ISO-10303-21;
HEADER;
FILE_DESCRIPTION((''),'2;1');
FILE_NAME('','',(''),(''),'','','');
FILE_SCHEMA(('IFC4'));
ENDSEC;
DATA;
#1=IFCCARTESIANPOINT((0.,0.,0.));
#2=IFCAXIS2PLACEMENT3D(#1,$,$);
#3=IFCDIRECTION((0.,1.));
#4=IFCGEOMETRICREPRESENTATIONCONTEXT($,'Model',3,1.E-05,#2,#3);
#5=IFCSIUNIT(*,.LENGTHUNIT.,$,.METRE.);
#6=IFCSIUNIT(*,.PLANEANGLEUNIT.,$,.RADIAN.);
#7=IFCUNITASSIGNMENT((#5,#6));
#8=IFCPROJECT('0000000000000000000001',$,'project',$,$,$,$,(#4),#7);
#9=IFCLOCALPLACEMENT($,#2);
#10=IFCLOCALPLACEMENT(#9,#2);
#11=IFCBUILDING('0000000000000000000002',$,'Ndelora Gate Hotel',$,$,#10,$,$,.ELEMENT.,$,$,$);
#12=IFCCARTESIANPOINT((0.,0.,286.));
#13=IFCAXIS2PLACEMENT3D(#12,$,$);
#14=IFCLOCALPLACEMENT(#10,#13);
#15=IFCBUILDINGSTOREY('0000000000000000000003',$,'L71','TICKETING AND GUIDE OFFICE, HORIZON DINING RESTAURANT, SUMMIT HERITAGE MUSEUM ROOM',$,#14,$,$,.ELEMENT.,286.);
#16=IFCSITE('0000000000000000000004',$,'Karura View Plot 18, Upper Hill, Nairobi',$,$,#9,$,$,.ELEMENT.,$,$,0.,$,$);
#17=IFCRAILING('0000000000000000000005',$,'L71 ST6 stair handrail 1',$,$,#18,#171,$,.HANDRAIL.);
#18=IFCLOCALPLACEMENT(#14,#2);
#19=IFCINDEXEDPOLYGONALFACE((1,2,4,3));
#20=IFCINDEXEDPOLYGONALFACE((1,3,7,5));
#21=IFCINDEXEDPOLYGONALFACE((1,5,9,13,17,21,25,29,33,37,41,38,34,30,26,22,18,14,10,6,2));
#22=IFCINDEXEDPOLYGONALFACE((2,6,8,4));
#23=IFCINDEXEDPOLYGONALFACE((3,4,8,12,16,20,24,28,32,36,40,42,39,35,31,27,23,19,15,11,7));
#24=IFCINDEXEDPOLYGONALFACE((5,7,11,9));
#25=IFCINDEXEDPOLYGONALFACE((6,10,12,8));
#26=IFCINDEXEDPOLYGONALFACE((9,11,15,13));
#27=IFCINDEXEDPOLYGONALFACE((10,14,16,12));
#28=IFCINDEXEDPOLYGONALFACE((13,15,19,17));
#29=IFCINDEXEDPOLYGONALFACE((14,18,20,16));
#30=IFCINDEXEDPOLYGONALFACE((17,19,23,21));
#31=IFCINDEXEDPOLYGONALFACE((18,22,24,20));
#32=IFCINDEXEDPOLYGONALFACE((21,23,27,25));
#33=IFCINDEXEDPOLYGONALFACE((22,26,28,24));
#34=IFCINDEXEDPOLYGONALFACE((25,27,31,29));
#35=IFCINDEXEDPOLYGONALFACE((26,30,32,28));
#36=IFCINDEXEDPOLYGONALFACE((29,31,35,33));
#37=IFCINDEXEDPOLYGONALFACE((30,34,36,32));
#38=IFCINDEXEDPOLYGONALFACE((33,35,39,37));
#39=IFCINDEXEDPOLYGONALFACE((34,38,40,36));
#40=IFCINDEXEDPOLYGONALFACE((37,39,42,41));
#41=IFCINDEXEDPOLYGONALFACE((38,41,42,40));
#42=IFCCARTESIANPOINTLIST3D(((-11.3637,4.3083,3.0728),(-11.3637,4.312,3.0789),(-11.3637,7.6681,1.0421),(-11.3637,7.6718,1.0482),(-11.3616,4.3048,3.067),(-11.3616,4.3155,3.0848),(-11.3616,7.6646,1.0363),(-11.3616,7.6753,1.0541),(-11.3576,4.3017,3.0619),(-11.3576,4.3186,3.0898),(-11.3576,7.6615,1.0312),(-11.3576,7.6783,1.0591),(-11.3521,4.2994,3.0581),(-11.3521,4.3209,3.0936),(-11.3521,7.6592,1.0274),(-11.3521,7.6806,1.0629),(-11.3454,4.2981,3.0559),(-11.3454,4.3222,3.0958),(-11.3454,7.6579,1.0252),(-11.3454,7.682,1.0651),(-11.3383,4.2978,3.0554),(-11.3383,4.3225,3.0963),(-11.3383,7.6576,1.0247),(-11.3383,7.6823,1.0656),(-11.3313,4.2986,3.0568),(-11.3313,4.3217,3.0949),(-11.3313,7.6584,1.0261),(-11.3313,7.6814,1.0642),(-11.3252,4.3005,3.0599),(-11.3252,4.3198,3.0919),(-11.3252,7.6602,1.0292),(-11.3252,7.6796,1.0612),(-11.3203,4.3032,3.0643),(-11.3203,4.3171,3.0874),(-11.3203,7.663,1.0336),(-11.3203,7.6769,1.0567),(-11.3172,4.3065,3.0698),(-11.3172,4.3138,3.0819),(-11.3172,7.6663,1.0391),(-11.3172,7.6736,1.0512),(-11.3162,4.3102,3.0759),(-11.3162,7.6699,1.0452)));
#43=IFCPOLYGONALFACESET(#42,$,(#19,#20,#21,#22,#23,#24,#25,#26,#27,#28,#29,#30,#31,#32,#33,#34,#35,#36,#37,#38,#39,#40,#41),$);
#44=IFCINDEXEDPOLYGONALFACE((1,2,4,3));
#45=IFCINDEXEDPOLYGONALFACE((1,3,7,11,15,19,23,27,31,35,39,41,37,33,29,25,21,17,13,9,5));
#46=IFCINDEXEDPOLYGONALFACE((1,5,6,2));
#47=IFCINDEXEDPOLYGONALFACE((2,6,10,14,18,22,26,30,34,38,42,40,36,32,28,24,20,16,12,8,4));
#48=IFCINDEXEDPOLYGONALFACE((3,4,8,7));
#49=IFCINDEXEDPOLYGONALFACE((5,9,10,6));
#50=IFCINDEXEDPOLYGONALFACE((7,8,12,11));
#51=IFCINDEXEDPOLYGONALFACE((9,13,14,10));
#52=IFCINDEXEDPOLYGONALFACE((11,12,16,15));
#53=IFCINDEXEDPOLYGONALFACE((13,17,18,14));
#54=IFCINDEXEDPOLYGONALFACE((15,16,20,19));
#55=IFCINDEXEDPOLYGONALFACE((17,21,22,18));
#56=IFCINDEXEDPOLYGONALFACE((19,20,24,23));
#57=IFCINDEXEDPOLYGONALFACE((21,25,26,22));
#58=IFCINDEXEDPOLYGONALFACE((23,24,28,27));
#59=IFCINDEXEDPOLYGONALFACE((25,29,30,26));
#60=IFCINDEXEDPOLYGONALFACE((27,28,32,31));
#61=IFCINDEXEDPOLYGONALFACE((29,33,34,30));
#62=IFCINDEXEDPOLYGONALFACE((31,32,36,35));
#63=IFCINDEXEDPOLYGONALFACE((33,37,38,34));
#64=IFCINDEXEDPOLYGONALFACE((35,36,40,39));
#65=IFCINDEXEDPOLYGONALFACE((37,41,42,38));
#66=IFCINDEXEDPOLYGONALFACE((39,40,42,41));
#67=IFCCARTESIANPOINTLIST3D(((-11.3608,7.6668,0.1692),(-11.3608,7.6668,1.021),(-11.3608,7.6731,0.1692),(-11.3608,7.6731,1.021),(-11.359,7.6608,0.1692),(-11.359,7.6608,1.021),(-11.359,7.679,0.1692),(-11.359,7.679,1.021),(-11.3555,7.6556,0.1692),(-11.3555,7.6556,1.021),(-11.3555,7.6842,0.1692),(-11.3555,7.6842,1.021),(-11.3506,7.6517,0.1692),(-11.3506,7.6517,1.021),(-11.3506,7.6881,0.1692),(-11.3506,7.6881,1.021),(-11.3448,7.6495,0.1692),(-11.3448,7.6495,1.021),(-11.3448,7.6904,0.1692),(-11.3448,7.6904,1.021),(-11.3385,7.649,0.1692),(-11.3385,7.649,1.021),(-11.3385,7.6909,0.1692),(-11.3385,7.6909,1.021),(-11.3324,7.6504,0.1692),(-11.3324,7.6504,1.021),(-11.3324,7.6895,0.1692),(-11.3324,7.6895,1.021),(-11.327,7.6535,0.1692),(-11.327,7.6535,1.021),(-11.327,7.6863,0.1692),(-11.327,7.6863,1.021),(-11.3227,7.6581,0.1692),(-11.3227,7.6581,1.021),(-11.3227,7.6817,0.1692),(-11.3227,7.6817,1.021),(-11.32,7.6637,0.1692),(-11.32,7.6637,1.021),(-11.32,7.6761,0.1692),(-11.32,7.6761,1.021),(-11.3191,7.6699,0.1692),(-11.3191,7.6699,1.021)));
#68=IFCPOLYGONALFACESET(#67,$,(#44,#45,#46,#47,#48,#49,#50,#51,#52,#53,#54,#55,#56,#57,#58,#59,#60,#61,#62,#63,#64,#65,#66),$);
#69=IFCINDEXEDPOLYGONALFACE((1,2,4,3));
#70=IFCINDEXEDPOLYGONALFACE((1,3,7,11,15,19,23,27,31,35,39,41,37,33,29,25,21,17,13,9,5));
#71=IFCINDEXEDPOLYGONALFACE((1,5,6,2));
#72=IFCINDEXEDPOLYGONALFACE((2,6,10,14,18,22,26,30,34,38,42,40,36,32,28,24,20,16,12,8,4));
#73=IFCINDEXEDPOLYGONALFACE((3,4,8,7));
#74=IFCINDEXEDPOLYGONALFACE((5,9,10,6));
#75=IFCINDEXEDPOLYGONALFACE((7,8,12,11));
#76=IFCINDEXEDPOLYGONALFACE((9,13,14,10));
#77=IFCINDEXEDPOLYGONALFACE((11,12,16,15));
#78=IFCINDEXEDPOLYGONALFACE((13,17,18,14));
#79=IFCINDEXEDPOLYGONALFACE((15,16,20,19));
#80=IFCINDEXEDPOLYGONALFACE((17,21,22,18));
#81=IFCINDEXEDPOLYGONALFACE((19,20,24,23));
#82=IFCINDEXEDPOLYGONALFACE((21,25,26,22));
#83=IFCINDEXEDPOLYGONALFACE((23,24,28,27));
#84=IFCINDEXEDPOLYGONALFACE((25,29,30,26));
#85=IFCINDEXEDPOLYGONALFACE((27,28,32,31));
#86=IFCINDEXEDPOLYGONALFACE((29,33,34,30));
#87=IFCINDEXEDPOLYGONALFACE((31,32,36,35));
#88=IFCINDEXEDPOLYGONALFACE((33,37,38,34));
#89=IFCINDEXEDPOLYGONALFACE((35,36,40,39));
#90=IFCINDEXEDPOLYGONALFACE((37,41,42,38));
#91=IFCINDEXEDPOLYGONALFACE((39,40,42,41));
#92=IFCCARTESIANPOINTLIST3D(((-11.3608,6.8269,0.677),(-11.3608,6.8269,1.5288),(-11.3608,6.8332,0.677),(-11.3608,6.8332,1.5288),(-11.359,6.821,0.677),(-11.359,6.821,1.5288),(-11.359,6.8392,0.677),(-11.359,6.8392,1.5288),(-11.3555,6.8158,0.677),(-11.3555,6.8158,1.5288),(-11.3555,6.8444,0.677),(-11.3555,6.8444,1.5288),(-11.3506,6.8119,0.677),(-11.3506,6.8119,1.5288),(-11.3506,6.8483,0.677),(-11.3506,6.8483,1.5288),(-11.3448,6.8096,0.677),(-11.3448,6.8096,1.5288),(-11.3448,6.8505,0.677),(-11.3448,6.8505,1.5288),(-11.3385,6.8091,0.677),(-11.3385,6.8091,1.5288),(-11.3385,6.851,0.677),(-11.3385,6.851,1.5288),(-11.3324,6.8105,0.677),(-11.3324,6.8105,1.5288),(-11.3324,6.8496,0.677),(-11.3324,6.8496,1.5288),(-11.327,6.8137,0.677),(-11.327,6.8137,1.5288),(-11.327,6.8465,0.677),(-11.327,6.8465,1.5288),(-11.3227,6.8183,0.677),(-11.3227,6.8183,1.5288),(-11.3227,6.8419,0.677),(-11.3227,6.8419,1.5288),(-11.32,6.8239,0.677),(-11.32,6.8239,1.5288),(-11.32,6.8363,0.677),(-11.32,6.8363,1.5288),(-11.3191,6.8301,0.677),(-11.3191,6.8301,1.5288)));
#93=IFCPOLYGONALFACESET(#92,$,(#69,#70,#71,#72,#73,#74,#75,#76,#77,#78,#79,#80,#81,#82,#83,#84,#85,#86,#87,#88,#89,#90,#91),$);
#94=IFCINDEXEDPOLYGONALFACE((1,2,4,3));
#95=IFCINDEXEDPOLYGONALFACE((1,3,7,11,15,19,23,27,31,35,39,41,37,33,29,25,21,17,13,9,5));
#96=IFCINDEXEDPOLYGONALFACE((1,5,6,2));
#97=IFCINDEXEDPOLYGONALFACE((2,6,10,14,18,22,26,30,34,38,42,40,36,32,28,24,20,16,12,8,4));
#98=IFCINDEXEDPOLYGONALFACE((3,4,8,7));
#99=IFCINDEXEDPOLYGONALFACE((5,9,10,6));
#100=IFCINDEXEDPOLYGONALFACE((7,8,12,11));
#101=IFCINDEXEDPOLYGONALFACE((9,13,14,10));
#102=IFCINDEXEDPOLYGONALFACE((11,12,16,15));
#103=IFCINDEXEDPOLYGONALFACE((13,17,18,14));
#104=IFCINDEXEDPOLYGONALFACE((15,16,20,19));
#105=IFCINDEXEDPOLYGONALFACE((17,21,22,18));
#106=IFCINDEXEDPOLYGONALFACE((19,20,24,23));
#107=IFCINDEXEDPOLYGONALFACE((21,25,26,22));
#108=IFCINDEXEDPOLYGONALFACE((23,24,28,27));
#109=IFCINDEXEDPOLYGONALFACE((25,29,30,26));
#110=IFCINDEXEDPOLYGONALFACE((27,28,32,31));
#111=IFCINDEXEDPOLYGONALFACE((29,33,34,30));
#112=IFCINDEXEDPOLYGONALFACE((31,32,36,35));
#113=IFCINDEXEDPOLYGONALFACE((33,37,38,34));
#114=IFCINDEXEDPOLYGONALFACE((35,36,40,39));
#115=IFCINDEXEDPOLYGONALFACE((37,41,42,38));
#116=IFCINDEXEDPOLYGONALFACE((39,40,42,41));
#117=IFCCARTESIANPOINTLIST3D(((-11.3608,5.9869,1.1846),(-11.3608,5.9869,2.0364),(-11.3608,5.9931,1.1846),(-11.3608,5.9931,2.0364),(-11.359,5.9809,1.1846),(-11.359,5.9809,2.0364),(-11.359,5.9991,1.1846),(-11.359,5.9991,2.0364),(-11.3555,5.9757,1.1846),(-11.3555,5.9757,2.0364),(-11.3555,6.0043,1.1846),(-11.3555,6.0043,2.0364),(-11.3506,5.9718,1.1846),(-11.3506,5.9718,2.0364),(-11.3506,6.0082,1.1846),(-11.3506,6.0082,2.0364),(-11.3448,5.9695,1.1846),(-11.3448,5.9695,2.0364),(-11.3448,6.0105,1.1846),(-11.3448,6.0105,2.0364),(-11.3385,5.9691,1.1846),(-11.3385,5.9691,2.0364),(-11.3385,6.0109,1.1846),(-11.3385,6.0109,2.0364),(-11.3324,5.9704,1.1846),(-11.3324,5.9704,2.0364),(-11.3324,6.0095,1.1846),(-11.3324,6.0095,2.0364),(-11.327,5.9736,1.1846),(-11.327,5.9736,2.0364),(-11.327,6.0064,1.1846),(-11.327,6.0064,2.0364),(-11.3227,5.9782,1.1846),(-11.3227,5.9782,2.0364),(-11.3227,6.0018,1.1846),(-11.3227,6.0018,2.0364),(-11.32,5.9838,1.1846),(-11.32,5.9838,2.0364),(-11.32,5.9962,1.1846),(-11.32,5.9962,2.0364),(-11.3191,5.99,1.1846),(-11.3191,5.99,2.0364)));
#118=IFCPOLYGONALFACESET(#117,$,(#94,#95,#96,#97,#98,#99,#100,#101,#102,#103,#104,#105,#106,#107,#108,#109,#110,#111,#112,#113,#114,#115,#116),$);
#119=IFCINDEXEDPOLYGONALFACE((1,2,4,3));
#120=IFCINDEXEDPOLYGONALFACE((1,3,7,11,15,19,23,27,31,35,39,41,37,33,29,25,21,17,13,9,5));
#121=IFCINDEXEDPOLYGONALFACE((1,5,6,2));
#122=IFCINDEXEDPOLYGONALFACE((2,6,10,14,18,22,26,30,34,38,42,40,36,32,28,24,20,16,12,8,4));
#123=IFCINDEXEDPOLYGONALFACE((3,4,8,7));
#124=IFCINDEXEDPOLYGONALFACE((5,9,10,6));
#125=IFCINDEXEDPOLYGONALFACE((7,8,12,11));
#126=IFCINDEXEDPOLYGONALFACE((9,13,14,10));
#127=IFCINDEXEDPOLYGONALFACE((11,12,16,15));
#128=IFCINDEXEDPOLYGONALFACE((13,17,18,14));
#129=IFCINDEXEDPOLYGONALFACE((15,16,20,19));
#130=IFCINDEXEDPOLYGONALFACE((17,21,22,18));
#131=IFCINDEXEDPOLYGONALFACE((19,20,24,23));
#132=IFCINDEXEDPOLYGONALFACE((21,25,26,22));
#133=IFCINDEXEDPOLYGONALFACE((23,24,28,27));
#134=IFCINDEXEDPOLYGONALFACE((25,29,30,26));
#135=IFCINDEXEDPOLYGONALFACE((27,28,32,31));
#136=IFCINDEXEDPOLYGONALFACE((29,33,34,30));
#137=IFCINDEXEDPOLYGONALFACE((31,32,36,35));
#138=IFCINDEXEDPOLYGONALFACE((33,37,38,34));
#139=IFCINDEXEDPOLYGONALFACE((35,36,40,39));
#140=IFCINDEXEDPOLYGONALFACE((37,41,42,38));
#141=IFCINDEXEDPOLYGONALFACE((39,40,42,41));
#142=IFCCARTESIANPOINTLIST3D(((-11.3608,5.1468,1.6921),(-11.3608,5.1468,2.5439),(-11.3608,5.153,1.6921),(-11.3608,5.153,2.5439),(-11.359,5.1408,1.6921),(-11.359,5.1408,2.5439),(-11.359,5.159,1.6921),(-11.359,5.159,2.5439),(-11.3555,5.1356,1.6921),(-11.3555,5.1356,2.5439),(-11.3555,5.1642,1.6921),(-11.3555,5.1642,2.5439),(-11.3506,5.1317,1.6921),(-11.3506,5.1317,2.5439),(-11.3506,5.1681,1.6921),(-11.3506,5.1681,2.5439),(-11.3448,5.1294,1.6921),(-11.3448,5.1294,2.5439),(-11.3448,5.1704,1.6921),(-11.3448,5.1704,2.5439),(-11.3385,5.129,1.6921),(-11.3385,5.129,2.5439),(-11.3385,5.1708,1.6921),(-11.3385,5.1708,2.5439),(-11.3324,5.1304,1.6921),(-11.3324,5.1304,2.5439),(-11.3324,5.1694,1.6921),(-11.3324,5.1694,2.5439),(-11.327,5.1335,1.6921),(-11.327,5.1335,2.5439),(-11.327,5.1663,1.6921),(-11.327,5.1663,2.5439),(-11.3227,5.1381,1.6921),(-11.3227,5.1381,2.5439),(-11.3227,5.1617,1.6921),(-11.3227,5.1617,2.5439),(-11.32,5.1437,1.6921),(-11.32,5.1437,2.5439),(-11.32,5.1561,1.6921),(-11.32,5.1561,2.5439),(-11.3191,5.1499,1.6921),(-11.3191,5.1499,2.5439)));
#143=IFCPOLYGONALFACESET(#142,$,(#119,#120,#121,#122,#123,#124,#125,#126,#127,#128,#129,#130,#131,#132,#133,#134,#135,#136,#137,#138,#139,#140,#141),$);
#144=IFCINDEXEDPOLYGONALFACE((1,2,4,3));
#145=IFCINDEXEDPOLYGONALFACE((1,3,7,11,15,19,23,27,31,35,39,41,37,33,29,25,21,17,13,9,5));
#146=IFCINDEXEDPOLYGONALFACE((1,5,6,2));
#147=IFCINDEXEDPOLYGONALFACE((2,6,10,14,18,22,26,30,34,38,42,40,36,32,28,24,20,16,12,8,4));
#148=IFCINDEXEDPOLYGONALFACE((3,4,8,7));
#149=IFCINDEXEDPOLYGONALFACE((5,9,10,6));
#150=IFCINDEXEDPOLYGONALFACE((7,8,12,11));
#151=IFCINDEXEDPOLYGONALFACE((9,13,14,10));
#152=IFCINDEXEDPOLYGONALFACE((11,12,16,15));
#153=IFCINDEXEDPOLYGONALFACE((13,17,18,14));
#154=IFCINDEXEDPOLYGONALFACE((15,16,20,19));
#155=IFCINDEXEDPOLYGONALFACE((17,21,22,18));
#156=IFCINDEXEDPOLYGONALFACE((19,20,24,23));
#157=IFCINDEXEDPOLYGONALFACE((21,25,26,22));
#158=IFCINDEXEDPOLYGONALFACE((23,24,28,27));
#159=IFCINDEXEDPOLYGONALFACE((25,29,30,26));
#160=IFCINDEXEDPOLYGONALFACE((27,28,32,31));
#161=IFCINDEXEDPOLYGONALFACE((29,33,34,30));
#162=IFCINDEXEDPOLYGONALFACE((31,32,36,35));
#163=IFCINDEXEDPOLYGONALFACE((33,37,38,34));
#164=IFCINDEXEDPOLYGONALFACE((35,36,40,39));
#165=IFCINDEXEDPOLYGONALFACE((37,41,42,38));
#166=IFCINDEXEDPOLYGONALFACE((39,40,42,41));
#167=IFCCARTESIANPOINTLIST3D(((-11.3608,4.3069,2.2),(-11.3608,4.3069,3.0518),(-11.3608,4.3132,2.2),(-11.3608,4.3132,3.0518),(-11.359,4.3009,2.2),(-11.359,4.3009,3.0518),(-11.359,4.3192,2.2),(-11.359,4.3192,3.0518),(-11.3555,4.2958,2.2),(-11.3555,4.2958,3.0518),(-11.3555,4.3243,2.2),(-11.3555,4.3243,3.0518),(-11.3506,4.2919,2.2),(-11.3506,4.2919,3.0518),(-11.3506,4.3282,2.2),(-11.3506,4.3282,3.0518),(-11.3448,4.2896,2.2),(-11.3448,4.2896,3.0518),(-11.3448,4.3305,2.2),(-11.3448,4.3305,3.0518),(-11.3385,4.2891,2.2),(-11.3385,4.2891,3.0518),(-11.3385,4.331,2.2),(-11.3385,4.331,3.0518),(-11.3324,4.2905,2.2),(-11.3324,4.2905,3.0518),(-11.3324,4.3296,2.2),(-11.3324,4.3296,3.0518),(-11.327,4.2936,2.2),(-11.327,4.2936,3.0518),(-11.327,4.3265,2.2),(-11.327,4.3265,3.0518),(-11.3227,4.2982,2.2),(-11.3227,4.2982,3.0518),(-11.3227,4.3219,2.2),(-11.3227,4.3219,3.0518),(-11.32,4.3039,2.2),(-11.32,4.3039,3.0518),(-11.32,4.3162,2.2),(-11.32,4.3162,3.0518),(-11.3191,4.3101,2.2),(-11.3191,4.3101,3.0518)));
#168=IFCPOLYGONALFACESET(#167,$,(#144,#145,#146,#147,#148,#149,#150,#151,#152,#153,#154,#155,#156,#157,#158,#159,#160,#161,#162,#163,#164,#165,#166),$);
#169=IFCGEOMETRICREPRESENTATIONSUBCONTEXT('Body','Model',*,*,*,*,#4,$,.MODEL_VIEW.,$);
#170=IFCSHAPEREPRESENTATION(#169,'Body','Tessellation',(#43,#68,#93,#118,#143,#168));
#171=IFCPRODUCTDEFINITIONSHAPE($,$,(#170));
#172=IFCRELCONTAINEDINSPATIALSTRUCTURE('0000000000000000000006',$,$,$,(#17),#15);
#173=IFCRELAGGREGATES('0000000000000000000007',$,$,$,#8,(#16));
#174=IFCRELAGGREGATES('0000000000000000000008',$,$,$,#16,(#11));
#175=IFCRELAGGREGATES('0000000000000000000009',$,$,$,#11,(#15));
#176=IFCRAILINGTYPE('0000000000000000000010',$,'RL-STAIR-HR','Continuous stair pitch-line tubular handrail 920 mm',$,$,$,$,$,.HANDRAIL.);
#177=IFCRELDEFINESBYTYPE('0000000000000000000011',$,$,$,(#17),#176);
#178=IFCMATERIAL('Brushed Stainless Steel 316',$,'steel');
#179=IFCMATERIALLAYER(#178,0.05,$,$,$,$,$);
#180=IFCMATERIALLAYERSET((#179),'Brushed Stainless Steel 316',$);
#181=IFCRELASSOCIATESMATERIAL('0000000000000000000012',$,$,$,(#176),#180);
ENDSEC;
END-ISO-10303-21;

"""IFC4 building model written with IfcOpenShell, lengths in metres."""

from ifc_helpers import new_model, si_unit, direction, frame, origin, origin_2d, place, context, subcontext, project, spatial, circle, extrude, material, layer, layer_set, type_object, element, save


model = new_model("IFC4")

# Units and contexts
model_context = context("Model", 3, precision=1e-05, world=origin(), true_north=direction((0.0, 1.0)))
body_context = subcontext(model_context, "Body", "Model", "MODEL_VIEW")
ifc_project = project(units=[si_unit("LENGTHUNIT", "METRE"), si_unit("PLANEANGLEUNIT", "RADIAN")], contexts=[model_context])

# Site, building, storey
site_placement = place(None, origin())
site = spatial("IfcSite", under=ifc_project, at=site_placement, Name="Karura View Plot 18, Upper Hill, Nairobi", CompositionType="ELEMENT", RefElevation=0.0)
building_placement = place(site_placement, origin())
building = spatial("IfcBuilding", under=site, at=building_placement, Name="Ndelora Gate Hotel", CompositionType="ELEMENT")
storey_placement = place(building_placement, frame((0.0, 0.0, 286.0)))
storey = spatial("IfcBuildingStorey", under=building, at=storey_placement, Name="L71", Description="TICKETING AND GUIDE OFFICE, HORIZON DINING RESTAURANT, SUMMIT HERITAGE MUSEUM ROOM", CompositionType="ELEMENT", Elevation=286.0)

# Railing
ifc_material_1 = material(Name="Brushed Stainless Steel 316", Category="steel")
ifc_layer_1 = layer(ifc_material_1, 0.05)
ifc_layer_set_1 = layer_set([ifc_layer_1], Name="Brushed Stainless Steel 316")
railing_type_1 = type_object("IfcRailingType", Name="RL-STAIR-HR", Description="Continuous stair pitch-line tubular handrail 920 mm", PredefinedType="HANDRAIL", material=ifc_layer_set_1)
railing_1_placement = place(storey_placement, frame((-11.3401, 7.6699, 0.1692)))
element("IfcRailing", 1, at=railing_1_placement, inside=storey, type_object=railing_type_1, Name="L71 ST6 stair handrail 1", PredefinedType="HANDRAIL", context=body_context, shape_type="SweptSolid", body=[
    extrude(circle(Radius=0.0239, at=origin_2d()), frame((0.0, 0.0, 0.876), z_axis=(0.0, -0.85582, 0.517273), x_axis=(1.0, 0.0, 0.0)), (0.0, 0.0, 1.0), 3.9258),
    extrude(circle(Radius=0.021, at=origin_2d()), origin(), (0.0, 0.0, 1.0), 0.8518),
    extrude(circle(Radius=0.021, at=origin_2d()), frame((0.0, -0.8398, 0.5078)), (0.0, 0.0, 1.0), 0.8518),
    extrude(circle(Radius=0.021, at=origin_2d()), frame((0.0, -1.6799, 1.0154)), (0.0, 0.0, 1.0), 0.8518),
    extrude(circle(Radius=0.021, at=origin_2d()), frame((0.0, -2.52, 1.5229)), (0.0, 0.0, 1.0), 0.8518),
    extrude(circle(Radius=0.021, at=origin_2d()), frame((0.0, -3.3599, 2.0308)), (0.0, 0.0, 1.0), 0.8518),
])

save(model, "model.ifc")
